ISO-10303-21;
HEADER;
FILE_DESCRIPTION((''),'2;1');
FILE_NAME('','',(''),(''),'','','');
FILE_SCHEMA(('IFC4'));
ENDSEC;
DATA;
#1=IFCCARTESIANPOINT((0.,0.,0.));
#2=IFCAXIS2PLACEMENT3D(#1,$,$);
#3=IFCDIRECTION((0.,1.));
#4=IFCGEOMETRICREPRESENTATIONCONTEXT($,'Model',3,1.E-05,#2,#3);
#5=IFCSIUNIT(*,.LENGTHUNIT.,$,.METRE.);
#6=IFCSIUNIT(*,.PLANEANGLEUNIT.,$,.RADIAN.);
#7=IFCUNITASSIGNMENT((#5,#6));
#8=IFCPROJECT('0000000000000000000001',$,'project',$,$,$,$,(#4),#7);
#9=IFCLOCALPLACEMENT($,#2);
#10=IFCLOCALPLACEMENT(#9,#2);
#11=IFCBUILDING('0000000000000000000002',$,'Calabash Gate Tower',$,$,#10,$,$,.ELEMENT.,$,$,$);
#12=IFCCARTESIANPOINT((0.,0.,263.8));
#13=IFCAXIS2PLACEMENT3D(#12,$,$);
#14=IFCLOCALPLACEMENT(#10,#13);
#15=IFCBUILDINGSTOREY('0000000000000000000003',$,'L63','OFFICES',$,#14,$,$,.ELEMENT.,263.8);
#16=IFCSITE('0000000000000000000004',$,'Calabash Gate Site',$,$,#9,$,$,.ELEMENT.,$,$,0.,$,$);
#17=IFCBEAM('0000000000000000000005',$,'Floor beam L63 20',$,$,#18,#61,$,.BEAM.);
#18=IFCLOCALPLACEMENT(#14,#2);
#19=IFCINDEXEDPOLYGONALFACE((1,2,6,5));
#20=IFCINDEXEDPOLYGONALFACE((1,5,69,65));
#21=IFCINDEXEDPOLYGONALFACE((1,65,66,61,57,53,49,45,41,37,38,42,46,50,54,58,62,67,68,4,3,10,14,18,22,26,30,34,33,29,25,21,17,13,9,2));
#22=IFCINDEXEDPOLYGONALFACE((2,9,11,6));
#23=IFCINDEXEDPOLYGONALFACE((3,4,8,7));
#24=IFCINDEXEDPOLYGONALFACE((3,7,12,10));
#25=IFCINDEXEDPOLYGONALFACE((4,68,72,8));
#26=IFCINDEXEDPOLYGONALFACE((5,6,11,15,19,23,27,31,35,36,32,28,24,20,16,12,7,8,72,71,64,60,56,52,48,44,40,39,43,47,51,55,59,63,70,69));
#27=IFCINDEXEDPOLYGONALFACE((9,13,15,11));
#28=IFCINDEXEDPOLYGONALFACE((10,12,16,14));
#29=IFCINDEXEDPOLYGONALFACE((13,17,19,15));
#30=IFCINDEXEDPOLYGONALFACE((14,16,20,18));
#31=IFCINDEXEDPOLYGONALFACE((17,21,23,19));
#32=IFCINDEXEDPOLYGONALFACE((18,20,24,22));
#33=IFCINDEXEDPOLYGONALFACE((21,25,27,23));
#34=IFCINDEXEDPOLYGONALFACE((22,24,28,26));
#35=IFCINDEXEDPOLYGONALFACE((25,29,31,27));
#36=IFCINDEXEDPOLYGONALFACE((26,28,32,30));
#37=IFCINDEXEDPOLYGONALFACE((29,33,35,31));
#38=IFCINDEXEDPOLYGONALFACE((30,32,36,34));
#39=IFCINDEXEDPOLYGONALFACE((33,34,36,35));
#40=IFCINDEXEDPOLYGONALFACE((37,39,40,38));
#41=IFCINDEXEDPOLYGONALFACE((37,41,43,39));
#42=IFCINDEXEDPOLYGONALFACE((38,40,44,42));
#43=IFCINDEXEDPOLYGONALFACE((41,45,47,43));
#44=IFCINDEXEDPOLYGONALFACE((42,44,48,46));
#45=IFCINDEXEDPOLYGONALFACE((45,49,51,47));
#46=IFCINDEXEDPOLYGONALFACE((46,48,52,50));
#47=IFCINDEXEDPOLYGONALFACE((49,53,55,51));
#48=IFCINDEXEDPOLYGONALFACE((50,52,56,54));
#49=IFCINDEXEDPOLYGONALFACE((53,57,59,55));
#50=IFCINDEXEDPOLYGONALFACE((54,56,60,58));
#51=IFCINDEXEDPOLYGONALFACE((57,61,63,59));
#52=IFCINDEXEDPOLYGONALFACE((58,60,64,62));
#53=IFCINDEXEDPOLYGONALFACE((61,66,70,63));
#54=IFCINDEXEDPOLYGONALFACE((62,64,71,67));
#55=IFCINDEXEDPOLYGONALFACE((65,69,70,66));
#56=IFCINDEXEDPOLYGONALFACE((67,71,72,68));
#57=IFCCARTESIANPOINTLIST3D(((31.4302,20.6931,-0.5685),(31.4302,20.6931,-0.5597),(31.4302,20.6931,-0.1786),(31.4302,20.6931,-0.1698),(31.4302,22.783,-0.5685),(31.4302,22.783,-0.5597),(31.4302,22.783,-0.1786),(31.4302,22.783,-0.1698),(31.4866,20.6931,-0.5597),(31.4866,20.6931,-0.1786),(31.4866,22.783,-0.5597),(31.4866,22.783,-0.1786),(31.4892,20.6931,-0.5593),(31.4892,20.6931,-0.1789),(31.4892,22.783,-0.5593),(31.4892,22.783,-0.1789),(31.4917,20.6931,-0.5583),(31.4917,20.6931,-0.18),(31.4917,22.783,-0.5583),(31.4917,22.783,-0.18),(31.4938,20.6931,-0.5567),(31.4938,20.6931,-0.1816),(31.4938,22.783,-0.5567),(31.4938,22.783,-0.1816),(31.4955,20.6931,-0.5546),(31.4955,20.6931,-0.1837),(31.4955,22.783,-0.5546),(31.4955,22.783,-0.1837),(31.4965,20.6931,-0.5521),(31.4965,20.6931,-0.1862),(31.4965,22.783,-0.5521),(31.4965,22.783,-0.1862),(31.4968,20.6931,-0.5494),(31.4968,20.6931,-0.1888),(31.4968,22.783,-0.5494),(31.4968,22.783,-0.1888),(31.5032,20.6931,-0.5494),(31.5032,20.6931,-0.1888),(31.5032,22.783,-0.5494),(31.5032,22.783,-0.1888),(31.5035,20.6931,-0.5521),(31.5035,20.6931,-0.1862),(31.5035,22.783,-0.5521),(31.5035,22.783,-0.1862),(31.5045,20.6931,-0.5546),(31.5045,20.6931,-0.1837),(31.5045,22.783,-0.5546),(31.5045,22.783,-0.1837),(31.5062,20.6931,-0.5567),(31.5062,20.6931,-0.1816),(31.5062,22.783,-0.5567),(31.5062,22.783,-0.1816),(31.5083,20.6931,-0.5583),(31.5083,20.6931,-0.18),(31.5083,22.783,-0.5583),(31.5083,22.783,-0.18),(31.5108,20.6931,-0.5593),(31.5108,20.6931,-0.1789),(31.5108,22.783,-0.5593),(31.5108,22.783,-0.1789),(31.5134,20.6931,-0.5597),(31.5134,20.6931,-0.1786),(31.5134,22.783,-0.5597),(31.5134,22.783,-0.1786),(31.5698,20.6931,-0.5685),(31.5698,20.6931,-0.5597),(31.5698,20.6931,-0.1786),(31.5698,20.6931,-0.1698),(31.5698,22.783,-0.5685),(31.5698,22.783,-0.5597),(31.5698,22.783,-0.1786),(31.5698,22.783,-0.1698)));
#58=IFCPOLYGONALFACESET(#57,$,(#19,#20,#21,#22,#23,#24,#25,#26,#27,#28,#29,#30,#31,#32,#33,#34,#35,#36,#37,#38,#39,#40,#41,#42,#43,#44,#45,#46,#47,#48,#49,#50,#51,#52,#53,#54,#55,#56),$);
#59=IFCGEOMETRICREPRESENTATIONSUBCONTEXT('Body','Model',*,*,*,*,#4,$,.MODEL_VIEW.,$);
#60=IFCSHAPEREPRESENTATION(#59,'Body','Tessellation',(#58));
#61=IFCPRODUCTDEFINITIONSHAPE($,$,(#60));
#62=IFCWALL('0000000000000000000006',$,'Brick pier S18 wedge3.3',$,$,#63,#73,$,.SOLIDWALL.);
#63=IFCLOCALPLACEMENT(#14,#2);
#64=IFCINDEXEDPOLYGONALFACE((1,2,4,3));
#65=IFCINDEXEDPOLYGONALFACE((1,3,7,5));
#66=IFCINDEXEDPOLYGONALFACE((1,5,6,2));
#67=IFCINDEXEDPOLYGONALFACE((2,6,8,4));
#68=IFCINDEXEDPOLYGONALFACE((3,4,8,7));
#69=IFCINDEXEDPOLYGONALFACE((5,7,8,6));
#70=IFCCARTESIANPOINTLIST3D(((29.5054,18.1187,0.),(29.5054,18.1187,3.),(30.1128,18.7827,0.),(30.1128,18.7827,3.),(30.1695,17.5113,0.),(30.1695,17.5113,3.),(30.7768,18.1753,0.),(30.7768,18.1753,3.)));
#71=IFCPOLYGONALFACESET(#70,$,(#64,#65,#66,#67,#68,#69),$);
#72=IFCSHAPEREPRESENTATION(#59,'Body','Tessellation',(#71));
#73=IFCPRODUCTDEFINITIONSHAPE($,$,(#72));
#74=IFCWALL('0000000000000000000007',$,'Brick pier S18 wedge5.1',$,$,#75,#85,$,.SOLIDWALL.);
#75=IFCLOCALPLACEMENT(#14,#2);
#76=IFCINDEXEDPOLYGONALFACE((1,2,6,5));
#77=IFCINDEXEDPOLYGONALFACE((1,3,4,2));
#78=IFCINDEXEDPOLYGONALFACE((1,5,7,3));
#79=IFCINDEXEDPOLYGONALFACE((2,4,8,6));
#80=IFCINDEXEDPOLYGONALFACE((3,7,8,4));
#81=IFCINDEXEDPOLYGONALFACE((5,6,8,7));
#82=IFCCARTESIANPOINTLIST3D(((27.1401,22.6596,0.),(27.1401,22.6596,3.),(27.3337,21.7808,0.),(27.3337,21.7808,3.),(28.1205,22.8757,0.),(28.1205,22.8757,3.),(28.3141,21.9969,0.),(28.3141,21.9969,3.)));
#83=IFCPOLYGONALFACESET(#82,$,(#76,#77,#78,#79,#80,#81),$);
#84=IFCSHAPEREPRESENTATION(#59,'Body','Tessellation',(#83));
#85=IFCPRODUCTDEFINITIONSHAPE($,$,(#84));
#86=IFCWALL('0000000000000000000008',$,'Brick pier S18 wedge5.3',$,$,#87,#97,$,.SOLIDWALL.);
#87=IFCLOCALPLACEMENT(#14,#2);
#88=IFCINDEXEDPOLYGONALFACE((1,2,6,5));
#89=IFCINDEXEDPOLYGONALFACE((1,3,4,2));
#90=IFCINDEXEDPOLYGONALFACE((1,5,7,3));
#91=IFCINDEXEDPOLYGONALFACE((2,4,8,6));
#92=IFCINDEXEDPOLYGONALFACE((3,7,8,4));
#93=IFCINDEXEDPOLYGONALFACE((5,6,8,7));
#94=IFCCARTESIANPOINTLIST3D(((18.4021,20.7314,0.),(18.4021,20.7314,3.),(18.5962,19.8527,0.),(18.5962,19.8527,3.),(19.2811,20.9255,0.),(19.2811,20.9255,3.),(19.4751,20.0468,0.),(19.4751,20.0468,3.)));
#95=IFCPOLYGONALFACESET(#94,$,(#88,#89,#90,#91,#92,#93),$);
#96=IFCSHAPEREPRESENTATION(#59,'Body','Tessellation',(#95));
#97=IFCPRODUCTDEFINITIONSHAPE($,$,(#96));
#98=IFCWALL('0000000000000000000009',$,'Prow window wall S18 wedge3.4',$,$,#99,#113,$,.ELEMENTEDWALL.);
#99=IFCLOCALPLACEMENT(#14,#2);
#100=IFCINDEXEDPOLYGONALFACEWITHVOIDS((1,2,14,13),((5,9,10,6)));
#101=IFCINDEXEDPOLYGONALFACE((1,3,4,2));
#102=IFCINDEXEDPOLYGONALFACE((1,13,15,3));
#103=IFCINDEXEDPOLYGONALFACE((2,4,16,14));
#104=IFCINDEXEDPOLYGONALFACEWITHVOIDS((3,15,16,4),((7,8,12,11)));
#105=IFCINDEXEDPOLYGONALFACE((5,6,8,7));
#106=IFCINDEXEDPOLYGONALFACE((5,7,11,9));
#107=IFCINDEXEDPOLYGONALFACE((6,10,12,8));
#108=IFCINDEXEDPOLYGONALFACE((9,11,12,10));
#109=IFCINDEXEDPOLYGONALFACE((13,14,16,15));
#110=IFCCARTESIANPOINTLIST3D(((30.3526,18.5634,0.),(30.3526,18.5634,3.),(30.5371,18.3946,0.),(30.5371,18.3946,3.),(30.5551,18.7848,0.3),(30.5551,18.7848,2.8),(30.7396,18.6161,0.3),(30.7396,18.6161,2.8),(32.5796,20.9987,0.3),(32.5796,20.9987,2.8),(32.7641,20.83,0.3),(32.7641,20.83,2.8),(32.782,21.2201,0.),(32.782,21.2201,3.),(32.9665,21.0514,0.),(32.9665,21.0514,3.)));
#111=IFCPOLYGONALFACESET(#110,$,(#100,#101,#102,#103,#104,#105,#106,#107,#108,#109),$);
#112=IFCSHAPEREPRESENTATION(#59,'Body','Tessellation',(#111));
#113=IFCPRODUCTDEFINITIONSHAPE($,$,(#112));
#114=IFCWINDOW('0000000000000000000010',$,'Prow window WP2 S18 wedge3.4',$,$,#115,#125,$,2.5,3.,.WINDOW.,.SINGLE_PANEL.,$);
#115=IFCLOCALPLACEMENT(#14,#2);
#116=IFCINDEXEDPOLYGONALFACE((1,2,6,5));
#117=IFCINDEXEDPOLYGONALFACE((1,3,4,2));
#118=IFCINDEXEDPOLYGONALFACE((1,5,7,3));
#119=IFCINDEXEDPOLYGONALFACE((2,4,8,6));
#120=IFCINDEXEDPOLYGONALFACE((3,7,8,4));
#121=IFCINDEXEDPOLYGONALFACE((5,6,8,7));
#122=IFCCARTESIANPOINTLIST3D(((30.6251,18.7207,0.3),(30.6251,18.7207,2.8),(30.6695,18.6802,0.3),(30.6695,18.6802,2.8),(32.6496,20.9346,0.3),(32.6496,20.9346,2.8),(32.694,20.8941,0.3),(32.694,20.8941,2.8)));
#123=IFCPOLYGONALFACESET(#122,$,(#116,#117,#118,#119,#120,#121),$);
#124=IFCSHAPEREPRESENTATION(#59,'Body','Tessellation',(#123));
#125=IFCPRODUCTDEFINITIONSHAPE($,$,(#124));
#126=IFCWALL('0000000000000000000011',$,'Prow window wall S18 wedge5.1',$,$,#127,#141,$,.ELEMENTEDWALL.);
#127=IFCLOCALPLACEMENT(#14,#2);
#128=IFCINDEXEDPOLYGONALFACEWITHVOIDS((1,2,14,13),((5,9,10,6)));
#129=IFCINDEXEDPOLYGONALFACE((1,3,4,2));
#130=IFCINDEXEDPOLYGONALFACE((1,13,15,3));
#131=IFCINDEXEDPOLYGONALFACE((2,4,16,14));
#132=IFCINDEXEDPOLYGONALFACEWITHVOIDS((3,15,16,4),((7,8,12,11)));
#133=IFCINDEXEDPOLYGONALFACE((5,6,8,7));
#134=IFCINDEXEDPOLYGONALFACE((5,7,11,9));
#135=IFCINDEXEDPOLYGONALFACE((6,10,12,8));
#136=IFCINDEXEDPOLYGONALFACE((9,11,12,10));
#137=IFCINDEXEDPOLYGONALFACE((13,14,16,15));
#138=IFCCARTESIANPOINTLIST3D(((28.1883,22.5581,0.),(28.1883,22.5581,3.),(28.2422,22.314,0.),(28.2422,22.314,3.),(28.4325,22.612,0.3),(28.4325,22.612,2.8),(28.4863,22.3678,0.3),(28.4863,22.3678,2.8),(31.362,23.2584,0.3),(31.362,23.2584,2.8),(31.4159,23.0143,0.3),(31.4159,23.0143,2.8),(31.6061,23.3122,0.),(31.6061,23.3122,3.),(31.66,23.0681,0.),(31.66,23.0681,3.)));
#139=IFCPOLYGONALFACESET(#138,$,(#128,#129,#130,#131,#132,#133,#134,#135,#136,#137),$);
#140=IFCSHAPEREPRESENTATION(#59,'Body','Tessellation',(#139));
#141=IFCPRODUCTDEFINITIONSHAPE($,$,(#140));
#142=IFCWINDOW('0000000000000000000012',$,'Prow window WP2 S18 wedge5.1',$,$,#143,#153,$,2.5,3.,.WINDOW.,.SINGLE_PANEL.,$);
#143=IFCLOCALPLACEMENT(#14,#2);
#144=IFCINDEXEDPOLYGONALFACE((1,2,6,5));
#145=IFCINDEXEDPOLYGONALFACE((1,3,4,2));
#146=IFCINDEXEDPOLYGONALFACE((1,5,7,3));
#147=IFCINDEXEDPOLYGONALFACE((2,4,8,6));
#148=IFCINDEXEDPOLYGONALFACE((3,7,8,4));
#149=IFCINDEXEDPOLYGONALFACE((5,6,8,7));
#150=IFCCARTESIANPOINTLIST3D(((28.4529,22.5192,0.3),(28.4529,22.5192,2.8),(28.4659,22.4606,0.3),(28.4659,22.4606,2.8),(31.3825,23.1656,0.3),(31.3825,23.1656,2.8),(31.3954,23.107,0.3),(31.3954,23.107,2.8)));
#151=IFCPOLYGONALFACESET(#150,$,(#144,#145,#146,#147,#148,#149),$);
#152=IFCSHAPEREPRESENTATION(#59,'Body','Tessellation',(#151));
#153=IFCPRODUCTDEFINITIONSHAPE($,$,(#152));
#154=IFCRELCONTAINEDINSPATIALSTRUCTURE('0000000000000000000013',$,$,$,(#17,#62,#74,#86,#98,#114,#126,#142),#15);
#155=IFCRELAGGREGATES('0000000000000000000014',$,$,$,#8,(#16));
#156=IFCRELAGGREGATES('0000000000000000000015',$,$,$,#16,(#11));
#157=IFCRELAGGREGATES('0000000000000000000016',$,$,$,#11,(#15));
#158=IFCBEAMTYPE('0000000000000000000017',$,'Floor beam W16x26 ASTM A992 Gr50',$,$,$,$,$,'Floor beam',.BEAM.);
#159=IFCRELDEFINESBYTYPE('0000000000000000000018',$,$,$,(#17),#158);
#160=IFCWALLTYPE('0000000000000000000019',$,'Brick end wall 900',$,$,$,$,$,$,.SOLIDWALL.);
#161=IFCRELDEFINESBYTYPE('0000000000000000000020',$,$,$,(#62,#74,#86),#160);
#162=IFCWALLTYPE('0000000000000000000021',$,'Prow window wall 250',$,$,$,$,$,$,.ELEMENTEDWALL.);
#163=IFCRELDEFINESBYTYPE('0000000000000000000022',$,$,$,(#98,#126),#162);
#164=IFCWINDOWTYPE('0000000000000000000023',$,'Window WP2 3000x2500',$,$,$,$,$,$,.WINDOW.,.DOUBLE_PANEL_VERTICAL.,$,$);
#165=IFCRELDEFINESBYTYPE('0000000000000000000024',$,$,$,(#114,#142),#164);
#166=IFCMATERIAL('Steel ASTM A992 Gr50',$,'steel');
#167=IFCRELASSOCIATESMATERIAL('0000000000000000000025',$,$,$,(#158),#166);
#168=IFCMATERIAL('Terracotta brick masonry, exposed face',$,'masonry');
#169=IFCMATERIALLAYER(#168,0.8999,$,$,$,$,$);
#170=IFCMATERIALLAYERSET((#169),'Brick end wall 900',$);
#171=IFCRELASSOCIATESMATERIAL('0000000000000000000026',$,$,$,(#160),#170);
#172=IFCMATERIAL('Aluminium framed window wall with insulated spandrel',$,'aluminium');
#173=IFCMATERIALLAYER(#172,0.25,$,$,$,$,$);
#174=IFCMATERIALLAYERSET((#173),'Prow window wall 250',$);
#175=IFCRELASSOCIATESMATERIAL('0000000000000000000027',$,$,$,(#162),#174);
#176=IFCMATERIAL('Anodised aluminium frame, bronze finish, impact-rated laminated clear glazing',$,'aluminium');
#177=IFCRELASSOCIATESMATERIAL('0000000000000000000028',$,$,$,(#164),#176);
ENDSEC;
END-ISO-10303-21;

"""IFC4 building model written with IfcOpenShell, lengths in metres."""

from ifc_helpers import new_model, si_unit, direction, frame, frame_2d, origin, origin_2d, place, context, subcontext, project, spatial, rectangle, i_section, extrude, material, layer, layer_set, material_profile, profile_set, type_object, element, fill, save


model = new_model("IFC4")

# Units and contexts
model_context = context("Model", 3, precision=1e-05, world=origin(), true_north=direction((0.0, 1.0)))
body_context = subcontext(model_context, "Body", "Model", "MODEL_VIEW")
ifc_project = project(units=[si_unit("LENGTHUNIT", "METRE"), si_unit("PLANEANGLEUNIT", "RADIAN")], contexts=[model_context])

# Site, building, storey
site_placement = place(None, origin())
site = spatial("IfcSite", under=ifc_project, at=site_placement, Name="Calabash Gate Site", CompositionType="ELEMENT", RefElevation=0.0)
building_placement = place(site_placement, origin())
building = spatial("IfcBuilding", under=site, at=building_placement, Name="Calabash Gate Tower", CompositionType="ELEMENT")
storey_placement = place(building_placement, frame((0.0, 0.0, 263.8)))
storey = spatial("IfcBuildingStorey", under=building, at=storey_placement, Name="L63", Description="OFFICES", CompositionType="ELEMENT", Elevation=263.8)

# Beam
ifc_material_1 = material(Name="Steel ASTM A992 Gr50", Category="steel")
ifc_material_profile_1 = material_profile(ifc_material_1, i_section(OverallWidth=0.1396, OverallDepth=0.3987, WebThickness=0.0063, FlangeThickness=0.0088, FilletRadius=0.0103, at=origin_2d()))
ifc_profile_set_1 = profile_set([ifc_material_profile_1], Name="Steel ASTM A992 Gr50")
beam_type_1 = type_object("IfcBeamType", Name="Floor beam W16x26 ASTM A992 Gr50", ElementType="Floor beam", PredefinedType="BEAM", material=ifc_profile_set_1)
beam_1_placement = place(storey_placement, frame((31.5, 20.6931, -0.3691), z_axis=(0.0, 1.0, 0.0), x_axis=(-1.0, 0.0, 0.0)))
element("IfcBeam", 1, at=beam_1_placement, inside=storey, type_object=beam_type_1, Name="Floor beam L63 20", PredefinedType="BEAM", context=body_context, shape_type="SweptSolid", body=[
    extrude(i_section(OverallWidth=0.1396, OverallDepth=0.3987, WebThickness=0.0063, FlangeThickness=0.0088, FilletRadius=0.0103, at=origin_2d()), origin(), (0.0, 0.0, 1.0), 2.0898),
])

# Walls
ifc_material_2 = material(Name="Terracotta brick masonry, exposed face", Category="masonry")
ifc_layer_1 = layer(ifc_material_2, 0.8999)
ifc_layer_set_1 = layer_set([ifc_layer_1], Name="Brick end wall 900")
wall_type_1 = type_object("IfcWallType", Name="Brick end wall 900", PredefinedType="SOLIDWALL", material=ifc_layer_set_1)
wall_1_placement = place(storey_placement, frame((30.4448, 18.479, 0.0), z_axis=(0.0, 0.0, 1.0), x_axis=(-0.674938, -0.737874, 0.0)))
element("IfcWall", 2, at=wall_1_placement, inside=storey, type_object=wall_type_1, Name="Brick pier S18 wedge3.3", PredefinedType="SOLIDWALL", context=body_context, shape_type="SweptSolid", body=[
    extrude(rectangle(XDim=0.8999, YDim=0.8999, at=frame_2d((0.45, 0.0))), origin(), (0.0, 0.0, 1.0), 3.0),
])
wall_2_placement = place(storey_placement, frame((28.2173, 22.4363, 0.0), z_axis=(0.0, 0.0, 1.0), x_axis=(-0.976569, -0.215205, 0.0)))
element("IfcWall", 3, at=wall_2_placement, inside=storey, type_object=wall_type_1, Name="Brick pier S18 wedge5.1", PredefinedType="SOLIDWALL", context=body_context, shape_type="SweptSolid", body=[
    extrude(rectangle(XDim=1.0039, YDim=0.8999, at=frame_2d((0.502, 0.0))), origin(), (0.0, 0.0, 1.0), 3.0),
])
wall_3_placement = place(storey_placement, frame((18.499, 20.292, 0.0), z_axis=(0.0, 0.0, 1.0), x_axis=(0.976473, 0.215638, 0.0)))
element("IfcWall", 4, at=wall_3_placement, inside=storey, type_object=wall_type_1, Name="Brick pier S18 wedge5.3", PredefinedType="SOLIDWALL", context=body_context, shape_type="SweptSolid", body=[
    extrude(rectangle(XDim=0.9001, YDim=0.8999, at=frame_2d((0.4502, 0.0))), origin(), (0.0, 0.0, 1.0), 3.0),
])

# Walls, openings, windows
ifc_material_3 = material(Name="Aluminium framed window wall with insulated spandrel", Category="aluminium")
ifc_layer_2 = layer(ifc_material_3, 0.25)
ifc_layer_set_2 = layer_set([ifc_layer_2], Name="Prow window wall 250")
wall_type_2 = type_object("IfcWallType", Name="Prow window wall 250", PredefinedType="ELEMENTEDWALL", material=ifc_layer_set_2)
wall_4_placement = place(storey_placement, frame((30.4448, 18.479, 0.0), z_axis=(0.0, 0.0, 1.0), x_axis=(0.674834, 0.73797, 0.0)))
wall_4 = element("IfcWall", 5, at=wall_4_placement, inside=storey, type_object=wall_type_2, Name="Prow window wall S18 wedge3.4", PredefinedType="ELEMENTEDWALL", context=body_context, shape_type="SweptSolid", body=[
    extrude(rectangle(XDim=3.6001, YDim=0.25, at=frame_2d((1.8, 0.0))), origin(), (0.0, 0.0, 1.0), 3.0),
])
opening_1_placement = place(wall_4_placement, frame((0.3, 0.0, 0.3)))
opening_1 = element("IfcOpeningElement", 6, at=opening_1_placement, cuts=wall_4, PredefinedType="OPENING", context=body_context, shape_type="SweptSolid", body=[
    extrude(rectangle(XDim=3.0, YDim=2.5, at=frame_2d((1.5, 1.25))), frame((0.0, 0.135, 0.0), z_axis=(0.0, -1.0, 0.0), x_axis=(1.0, 0.0, 0.0)), (0.0, 0.0, 1.0), 0.27),
])
ifc_material_4 = material(Name="Anodised aluminium frame, bronze finish, impact-rated laminated clear glazing", Category="aluminium")
window_type = type_object("IfcWindowType", Name="Window WP2 3000x2500", PartitioningType="DOUBLE_PANEL_VERTICAL", PredefinedType="WINDOW", material=ifc_material_4)
window_1_placement = place(opening_1_placement, origin())
window_1 = element("IfcWindow", 7, at=window_1_placement, inside=storey, type_object=window_type, Name="Prow window WP2 S18 wedge3.4", OverallHeight=2.5, OverallWidth=3.0, PartitioningType="SINGLE_PANEL", PredefinedType="WINDOW", context=body_context, shape_type="SweptSolid", body=[
    extrude(rectangle(XDim=3.0, YDim=2.5, at=frame_2d((1.5, 1.25))), frame((0.0, 0.03, 0.0), z_axis=(0.0, -1.0, 0.0), x_axis=(1.0, 0.0, 0.0)), (0.0, 0.0, 1.0), 0.0601),
])
fill(opening_1, window_1)
wall_5_placement = place(storey_placement, frame((31.6331, 23.1902, 0.0), z_axis=(0.0, 0.0, 1.0), x_axis=(-0.976509, -0.215475, 0.0)))
wall_5 = element("IfcWall", 8, at=wall_5_placement, inside=storey, type_object=wall_type_2, Name="Prow window wall S18 wedge5.1", PredefinedType="ELEMENTEDWALL", context=body_context, shape_type="SweptSolid", body=[
    extrude(rectangle(XDim=3.5, YDim=0.25, at=frame_2d((1.75, 0.0))), origin(), (0.0, 0.0, 1.0), 3.0),
])
opening_2_placement = place(wall_5_placement, frame((0.25, 0.0, 0.3)))
opening_2 = element("IfcOpeningElement", 9, at=opening_2_placement, cuts=wall_5, PredefinedType="OPENING", context=body_context, shape_type="SweptSolid", body=[
    extrude(rectangle(XDim=3.0, YDim=2.5, at=frame_2d((1.5, 1.25))), frame((0.0, 0.135, 0.0), z_axis=(0.0, -1.0, 0.0), x_axis=(1.0, 0.0, 0.0)), (0.0, 0.0, 1.0), 0.27),
])
window_2_placement = place(opening_2_placement, origin())
window_2 = element("IfcWindow", 10, at=window_2_placement, inside=storey, type_object=window_type, Name="Prow window WP2 S18 wedge5.1", OverallHeight=2.5, OverallWidth=3.0, PartitioningType="SINGLE_PANEL", PredefinedType="WINDOW", context=body_context, shape_type="SweptSolid", body=[
    extrude(rectangle(XDim=3.0, YDim=2.5, at=frame_2d((1.5, 1.25))), frame((0.0, 0.03, 0.0), z_axis=(0.0, -1.0, 0.0), x_axis=(1.0, 0.0, 0.0)), (0.0, 0.0, 1.0), 0.0601),
])
fill(opening_2, window_2)

save(model, "model.ifc")
